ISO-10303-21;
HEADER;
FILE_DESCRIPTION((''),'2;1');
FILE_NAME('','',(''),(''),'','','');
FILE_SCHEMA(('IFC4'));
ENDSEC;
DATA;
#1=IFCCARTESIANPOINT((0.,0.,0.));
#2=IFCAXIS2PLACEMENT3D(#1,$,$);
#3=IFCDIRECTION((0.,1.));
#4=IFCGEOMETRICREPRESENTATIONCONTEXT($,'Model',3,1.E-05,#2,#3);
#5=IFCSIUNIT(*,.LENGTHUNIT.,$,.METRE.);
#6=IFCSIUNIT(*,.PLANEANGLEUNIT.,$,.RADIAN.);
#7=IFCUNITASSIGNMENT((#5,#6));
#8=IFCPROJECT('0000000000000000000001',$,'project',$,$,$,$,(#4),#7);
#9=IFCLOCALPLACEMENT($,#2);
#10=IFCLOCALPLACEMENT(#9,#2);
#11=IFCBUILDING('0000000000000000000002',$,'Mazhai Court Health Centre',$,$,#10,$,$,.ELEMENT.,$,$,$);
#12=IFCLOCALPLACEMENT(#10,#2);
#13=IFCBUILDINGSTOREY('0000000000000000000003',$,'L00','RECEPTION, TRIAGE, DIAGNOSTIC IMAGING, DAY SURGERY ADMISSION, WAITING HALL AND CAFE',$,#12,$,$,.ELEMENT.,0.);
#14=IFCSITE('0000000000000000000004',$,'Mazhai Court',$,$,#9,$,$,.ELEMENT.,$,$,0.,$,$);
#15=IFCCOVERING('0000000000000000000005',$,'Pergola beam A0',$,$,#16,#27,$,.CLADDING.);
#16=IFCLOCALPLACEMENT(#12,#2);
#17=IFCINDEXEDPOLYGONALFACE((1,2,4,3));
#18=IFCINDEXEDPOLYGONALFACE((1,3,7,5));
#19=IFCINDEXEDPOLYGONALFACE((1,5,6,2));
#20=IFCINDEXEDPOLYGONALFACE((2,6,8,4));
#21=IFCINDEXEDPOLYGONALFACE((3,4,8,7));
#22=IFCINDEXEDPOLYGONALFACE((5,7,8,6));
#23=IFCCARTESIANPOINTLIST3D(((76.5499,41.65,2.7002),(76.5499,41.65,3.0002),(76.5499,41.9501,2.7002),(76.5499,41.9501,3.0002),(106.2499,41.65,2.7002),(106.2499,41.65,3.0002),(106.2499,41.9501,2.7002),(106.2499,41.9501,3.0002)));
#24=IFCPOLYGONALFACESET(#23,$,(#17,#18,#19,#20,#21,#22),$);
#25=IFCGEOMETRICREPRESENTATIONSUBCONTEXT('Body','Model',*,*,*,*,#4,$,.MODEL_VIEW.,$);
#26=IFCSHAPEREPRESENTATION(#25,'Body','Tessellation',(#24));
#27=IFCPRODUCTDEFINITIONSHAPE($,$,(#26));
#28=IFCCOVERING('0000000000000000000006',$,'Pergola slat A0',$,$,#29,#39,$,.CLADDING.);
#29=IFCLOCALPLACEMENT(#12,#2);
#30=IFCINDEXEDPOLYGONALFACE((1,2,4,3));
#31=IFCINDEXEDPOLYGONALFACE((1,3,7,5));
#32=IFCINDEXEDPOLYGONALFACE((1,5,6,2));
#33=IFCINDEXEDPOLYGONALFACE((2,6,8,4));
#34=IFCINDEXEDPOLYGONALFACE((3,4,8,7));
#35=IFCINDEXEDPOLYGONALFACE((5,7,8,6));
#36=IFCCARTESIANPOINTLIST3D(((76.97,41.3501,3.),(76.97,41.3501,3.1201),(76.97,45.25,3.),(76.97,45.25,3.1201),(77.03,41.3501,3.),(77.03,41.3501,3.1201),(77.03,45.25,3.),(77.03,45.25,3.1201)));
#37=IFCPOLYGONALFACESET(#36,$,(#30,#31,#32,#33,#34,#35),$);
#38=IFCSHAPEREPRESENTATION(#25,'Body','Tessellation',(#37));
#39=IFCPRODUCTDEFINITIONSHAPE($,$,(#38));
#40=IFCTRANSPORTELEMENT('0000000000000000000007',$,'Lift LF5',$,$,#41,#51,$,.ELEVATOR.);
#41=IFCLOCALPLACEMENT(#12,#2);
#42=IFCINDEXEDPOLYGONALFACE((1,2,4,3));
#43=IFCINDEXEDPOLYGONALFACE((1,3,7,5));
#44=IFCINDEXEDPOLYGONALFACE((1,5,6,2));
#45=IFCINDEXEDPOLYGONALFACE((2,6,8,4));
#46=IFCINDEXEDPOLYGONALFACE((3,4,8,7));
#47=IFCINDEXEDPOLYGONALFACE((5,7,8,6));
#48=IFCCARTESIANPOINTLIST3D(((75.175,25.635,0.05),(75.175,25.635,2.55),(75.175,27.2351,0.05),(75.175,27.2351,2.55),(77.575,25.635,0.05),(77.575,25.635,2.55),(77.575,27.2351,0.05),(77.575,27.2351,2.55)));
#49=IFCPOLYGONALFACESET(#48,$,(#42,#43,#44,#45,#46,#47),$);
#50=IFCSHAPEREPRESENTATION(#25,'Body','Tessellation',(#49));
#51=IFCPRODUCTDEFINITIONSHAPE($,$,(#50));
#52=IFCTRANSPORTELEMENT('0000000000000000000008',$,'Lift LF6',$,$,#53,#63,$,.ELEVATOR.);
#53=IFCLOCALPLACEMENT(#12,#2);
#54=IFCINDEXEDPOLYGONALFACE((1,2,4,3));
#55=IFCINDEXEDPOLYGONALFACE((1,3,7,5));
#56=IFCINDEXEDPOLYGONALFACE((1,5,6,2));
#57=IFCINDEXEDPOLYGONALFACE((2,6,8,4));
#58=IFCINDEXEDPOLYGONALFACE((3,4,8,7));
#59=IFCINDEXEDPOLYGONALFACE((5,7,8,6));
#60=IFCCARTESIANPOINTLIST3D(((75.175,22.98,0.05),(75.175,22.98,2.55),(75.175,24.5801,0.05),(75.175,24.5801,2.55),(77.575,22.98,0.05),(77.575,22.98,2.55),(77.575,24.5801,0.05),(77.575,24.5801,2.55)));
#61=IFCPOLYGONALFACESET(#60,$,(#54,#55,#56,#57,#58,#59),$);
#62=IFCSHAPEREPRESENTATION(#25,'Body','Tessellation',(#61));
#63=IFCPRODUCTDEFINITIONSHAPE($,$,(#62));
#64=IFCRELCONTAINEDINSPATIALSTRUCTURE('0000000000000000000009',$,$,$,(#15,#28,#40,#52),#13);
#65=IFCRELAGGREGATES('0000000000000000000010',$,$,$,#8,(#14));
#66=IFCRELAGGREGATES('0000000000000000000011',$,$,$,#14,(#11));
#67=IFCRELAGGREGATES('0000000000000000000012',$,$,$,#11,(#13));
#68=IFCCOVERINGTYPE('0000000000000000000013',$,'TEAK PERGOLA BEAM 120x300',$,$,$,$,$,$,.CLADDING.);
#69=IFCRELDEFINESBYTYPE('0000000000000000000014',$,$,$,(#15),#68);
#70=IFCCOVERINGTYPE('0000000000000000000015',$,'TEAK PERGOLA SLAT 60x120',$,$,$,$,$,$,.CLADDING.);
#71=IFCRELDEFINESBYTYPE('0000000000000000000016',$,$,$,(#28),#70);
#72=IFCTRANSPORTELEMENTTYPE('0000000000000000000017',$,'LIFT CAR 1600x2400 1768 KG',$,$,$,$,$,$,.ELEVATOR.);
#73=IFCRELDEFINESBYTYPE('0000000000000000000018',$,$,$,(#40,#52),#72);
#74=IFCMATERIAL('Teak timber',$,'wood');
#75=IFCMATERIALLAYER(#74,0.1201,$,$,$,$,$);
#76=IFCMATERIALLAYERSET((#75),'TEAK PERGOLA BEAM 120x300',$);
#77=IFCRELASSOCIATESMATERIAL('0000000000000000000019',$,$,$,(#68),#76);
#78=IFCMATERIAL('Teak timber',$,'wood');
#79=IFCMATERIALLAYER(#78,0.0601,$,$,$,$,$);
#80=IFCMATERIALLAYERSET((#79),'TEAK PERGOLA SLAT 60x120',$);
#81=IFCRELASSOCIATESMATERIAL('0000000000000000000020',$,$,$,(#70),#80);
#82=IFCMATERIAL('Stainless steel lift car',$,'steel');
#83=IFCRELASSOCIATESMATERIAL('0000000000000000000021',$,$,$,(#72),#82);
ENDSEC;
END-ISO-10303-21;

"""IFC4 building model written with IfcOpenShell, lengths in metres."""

from ifc_helpers import new_model, si_unit, direction, frame, origin, origin_2d, place, context, subcontext, project, spatial, rectangle, extrude, material, layer, layer_set, type_object, element, save


model = new_model("IFC4")

# Units and contexts
model_context = context("Model", 3, precision=1e-05, world=origin(), true_north=direction((0.0, 1.0)))
body_context = subcontext(model_context, "Body", "Model", "MODEL_VIEW")
ifc_project = project(units=[si_unit("LENGTHUNIT", "METRE"), si_unit("PLANEANGLEUNIT", "RADIAN")], contexts=[model_context])

# Site, building, storey
site_placement = place(None, origin())
site = spatial("IfcSite", under=ifc_project, at=site_placement, Name="Mazhai Court", CompositionType="ELEMENT", RefElevation=0.0)
building_placement = place(site_placement, origin())
building = spatial("IfcBuilding", under=site, at=building_placement, Name="Mazhai Court Health Centre", CompositionType="ELEMENT")
storey_placement = place(building_placement, origin())
storey = spatial("IfcBuildingStorey", under=building, at=storey_placement, Name="L00", Description="RECEPTION, TRIAGE, DIAGNOSTIC IMAGING, DAY SURGERY ADMISSION, WAITING HALL AND CAFE", CompositionType="ELEMENT", Elevation=0.0)

# Coverings
ifc_material_1 = material(Name="Teak timber", Category="wood")
ifc_layer_1 = layer(ifc_material_1, 0.1201)
ifc_layer_set_1 = layer_set([ifc_layer_1], Name="TEAK PERGOLA BEAM 120x300")
covering_type_1 = type_object("IfcCoveringType", Name="TEAK PERGOLA BEAM 120x300", PredefinedType="CLADDING", material=ifc_layer_set_1)
covering_1_placement = place(storey_placement, frame((91.3999, 41.8, 2.7002), z_axis=(0.0, 0.0, 1.0), x_axis=(1.0, 0.0, 0.0)))
element("IfcCovering", 1, at=covering_1_placement, inside=storey, type_object=covering_type_1, Name="Pergola beam A0", PredefinedType="CLADDING", context=body_context, shape_type="SweptSolid", body=[
    extrude(rectangle(XDim=29.7, YDim=0.3, at=origin_2d()), origin(), (0.0, 0.0, 1.0), 0.3),
])
ifc_material_2 = material(Name="Teak timber", Category="wood")
ifc_layer_2 = layer(ifc_material_2, 0.0601)
ifc_layer_set_2 = layer_set([ifc_layer_2], Name="TEAK PERGOLA SLAT 60x120")
covering_type_2 = type_object("IfcCoveringType", Name="TEAK PERGOLA SLAT 60x120", PredefinedType="CLADDING", material=ifc_layer_set_2)
covering_2_placement = place(storey_placement, frame((77.0, 43.3, 3.0), z_axis=(0.0, 0.0, 1.0), x_axis=(1.0, 0.0, 0.0)))
element("IfcCovering", 2, at=covering_2_placement, inside=storey, type_object=covering_type_2, Name="Pergola slat A0", PredefinedType="CLADDING", context=body_context, shape_type="SweptSolid", body=[
    extrude(rectangle(XDim=0.0601, YDim=3.8999, at=origin_2d()), origin(), (0.0, 0.0, 1.0), 0.1201),
])

# Transport elements
ifc_material_3 = material(Name="Stainless steel lift car", Category="steel")
transport_element_type = type_object("IfcTransportElementType", Name="LIFT CAR 1600x2400 1768 KG", PredefinedType="ELEVATOR", material=ifc_material_3)
for number, where, z_axis, x_axis, name in (
    (3, (76.375, 26.4351, 0.05), (0.0, 0.0, 1.0), (1.0, 0.0, 0.0), "Lift LF5"),
    (4, (76.375, 23.78, 0.05), (0.0, 0.0, 1.0), (1.0, 0.0, 0.0), "Lift LF6"),
):
    element("IfcTransportElement", number, at=place(storey_placement, frame(where, z_axis=z_axis, x_axis=x_axis)), inside=storey, type_object=transport_element_type, Name=name, PredefinedType="ELEVATOR", context=body_context, shape_type="SweptSolid", body=[
        extrude(rectangle(XDim=2.3999, YDim=1.6001, at=origin_2d()), origin(), (0.0, 0.0, 1.0), 2.5),
    ])

save(model, "model.ifc")
